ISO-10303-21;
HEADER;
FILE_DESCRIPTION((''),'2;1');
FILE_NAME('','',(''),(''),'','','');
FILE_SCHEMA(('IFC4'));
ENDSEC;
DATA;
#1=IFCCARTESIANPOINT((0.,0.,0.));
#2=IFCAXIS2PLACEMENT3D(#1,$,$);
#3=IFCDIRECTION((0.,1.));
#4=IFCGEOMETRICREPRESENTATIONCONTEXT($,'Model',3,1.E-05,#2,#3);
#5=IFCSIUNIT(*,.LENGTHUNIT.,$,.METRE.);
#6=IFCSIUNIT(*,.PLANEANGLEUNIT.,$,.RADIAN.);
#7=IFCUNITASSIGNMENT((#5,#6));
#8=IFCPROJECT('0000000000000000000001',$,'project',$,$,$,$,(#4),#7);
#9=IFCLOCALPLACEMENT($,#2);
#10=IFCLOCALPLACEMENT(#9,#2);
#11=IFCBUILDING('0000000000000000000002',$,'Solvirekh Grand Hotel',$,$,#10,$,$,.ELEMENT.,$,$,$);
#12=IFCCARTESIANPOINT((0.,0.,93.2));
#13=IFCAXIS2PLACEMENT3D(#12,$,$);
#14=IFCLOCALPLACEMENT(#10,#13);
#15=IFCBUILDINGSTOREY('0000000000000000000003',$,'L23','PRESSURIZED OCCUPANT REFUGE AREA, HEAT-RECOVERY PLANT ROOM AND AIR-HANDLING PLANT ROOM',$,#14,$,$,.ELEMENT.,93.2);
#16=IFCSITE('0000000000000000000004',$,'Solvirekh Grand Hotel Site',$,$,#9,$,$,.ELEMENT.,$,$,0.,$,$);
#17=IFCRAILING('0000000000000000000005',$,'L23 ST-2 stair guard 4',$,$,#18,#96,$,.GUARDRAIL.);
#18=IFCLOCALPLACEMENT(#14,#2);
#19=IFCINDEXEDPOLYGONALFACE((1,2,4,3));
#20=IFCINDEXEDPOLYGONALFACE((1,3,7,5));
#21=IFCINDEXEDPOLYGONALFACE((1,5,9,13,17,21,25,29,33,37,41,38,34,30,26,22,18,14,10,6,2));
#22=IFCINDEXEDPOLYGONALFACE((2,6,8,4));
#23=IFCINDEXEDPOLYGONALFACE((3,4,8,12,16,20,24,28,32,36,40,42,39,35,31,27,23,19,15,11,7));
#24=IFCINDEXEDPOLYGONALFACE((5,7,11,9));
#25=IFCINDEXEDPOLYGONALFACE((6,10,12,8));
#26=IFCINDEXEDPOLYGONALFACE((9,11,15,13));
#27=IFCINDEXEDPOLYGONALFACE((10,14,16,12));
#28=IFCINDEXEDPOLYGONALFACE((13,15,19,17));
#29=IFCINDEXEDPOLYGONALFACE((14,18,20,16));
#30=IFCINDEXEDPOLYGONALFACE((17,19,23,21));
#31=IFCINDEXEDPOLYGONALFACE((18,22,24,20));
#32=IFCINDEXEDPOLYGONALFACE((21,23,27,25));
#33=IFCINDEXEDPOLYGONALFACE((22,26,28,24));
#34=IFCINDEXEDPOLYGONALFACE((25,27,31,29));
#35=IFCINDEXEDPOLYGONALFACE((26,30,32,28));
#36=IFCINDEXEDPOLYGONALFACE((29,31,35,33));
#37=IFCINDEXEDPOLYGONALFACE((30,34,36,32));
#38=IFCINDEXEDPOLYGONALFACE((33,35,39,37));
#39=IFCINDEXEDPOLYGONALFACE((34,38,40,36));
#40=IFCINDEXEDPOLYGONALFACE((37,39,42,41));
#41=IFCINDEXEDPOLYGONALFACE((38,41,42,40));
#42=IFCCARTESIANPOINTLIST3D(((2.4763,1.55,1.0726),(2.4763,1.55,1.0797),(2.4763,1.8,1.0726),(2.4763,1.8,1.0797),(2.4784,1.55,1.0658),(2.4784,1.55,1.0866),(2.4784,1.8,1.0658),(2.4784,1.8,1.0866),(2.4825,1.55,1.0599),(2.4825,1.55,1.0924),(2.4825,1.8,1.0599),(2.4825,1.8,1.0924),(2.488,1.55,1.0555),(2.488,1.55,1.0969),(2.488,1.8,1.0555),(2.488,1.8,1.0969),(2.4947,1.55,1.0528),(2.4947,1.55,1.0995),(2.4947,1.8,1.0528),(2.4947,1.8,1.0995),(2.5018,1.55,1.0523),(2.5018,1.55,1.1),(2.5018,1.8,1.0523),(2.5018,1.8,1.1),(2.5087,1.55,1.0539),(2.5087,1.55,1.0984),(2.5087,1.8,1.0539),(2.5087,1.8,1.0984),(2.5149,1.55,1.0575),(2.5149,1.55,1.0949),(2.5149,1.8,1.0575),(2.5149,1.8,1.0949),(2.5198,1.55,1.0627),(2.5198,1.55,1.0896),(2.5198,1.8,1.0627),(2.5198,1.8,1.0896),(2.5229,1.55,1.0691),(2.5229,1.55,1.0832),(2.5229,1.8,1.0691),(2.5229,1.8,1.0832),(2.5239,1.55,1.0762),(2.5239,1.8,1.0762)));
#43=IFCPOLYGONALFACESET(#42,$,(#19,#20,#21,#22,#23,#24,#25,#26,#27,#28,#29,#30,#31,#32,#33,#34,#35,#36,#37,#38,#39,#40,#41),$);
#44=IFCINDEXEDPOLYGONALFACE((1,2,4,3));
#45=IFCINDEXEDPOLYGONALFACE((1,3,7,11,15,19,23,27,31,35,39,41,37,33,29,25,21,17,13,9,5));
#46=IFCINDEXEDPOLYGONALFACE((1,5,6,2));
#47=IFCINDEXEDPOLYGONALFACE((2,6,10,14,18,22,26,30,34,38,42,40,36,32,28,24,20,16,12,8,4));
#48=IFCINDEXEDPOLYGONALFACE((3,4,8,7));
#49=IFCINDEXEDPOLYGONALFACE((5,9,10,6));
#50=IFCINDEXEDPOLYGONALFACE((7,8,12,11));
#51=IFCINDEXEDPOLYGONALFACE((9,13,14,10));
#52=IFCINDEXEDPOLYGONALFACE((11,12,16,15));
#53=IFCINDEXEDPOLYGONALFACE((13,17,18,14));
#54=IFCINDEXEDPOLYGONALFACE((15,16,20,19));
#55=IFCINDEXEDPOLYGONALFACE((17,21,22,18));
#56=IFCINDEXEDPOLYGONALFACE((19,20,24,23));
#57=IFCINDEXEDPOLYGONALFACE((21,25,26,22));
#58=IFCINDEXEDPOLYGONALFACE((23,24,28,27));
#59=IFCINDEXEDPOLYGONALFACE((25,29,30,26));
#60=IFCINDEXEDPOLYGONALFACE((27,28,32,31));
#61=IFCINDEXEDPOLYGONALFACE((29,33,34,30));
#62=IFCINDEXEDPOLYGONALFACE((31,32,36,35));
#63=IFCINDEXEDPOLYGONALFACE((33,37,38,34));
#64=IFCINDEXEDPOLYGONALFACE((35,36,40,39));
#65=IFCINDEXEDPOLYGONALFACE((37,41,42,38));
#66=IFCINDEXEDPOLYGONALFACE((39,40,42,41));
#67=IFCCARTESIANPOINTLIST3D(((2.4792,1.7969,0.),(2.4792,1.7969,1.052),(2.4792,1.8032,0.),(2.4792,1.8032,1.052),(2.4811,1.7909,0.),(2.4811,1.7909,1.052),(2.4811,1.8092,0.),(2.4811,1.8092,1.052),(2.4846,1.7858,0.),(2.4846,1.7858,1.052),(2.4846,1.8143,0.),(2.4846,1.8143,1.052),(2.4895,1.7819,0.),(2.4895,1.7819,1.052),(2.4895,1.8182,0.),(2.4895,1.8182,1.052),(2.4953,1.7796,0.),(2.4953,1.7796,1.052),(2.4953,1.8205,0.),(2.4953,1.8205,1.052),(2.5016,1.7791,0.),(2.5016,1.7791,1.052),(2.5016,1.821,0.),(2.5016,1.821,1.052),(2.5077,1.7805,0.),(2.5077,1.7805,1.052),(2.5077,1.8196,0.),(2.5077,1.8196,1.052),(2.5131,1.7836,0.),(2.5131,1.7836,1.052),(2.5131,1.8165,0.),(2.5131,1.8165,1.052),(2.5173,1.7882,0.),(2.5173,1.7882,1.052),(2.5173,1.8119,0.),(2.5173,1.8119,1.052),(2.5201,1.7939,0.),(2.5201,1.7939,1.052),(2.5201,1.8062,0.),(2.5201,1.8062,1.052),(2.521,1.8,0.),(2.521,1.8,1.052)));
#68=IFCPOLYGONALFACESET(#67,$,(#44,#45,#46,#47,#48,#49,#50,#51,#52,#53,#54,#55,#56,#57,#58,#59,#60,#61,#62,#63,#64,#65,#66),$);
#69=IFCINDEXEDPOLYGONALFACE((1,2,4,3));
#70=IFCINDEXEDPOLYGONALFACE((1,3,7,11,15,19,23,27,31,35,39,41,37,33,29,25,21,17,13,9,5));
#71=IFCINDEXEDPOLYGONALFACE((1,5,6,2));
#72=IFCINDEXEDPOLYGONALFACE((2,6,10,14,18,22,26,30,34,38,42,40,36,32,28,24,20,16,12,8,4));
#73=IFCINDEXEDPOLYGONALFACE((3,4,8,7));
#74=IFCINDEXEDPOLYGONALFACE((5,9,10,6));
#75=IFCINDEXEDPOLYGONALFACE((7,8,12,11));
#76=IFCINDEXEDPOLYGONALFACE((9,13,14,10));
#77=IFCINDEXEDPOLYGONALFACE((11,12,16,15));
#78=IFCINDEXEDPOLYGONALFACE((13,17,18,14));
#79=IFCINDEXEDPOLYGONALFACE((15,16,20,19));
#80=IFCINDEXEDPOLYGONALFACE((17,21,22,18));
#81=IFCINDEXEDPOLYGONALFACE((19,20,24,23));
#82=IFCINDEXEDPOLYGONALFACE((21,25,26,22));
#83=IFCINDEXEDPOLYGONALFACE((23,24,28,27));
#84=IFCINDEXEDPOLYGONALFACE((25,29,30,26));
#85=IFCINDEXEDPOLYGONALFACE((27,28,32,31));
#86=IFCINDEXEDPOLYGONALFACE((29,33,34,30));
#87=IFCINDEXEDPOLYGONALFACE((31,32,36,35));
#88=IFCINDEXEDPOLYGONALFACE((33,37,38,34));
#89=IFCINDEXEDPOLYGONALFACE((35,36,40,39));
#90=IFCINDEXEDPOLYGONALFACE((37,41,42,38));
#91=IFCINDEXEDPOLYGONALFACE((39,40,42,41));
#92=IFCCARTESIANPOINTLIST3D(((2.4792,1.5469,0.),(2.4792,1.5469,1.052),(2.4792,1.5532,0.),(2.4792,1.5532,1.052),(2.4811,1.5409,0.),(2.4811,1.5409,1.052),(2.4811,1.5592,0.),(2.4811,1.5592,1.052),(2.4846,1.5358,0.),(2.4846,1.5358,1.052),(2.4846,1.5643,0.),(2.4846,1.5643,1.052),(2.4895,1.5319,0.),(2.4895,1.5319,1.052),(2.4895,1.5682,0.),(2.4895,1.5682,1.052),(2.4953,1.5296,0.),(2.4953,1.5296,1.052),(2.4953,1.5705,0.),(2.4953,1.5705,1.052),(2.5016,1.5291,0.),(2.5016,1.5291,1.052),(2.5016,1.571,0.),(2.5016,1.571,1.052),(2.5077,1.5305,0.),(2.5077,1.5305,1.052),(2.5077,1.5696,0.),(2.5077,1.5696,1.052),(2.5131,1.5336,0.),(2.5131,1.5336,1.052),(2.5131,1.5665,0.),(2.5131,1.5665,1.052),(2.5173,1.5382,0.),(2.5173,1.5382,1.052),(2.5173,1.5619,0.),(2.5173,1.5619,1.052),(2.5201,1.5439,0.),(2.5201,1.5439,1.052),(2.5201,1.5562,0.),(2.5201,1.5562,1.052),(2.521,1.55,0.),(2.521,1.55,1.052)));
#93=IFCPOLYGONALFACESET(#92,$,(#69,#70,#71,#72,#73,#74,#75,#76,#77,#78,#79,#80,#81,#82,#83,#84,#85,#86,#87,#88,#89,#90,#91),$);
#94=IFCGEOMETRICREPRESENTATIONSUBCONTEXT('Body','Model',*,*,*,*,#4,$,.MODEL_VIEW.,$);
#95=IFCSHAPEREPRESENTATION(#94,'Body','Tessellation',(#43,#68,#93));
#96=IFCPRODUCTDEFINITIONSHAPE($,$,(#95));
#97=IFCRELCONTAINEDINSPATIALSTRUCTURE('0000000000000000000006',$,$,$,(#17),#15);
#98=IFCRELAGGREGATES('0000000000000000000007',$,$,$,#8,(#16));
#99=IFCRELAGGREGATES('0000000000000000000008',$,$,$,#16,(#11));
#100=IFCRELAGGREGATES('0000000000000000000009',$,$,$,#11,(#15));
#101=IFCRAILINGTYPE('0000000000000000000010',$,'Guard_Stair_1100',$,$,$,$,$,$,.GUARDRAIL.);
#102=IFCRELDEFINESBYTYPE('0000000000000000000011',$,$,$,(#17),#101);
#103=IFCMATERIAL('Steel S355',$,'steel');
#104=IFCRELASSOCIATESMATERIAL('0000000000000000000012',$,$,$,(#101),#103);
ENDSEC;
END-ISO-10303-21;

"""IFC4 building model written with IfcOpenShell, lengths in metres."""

from ifc_helpers import new_model, si_unit, direction, frame, origin, origin_2d, place, context, subcontext, project, spatial, circle, extrude, material, type_object, element, save


model = new_model("IFC4")

# Units and contexts
model_context = context("Model", 3, precision=1e-05, world=origin(), true_north=direction((0.0, 1.0)))
body_context = subcontext(model_context, "Body", "Model", "MODEL_VIEW")
ifc_project = project(units=[si_unit("LENGTHUNIT", "METRE"), si_unit("PLANEANGLEUNIT", "RADIAN")], contexts=[model_context])

# Site, building, storey
site_placement = place(None, origin())
site = spatial("IfcSite", under=ifc_project, at=site_placement, Name="Solvirekh Grand Hotel Site", CompositionType="ELEMENT", RefElevation=0.0)
building_placement = place(site_placement, origin())
building = spatial("IfcBuilding", under=site, at=building_placement, Name="Solvirekh Grand Hotel", CompositionType="ELEMENT")
storey_placement = place(building_placement, frame((0.0, 0.0, 93.2)))
storey = spatial("IfcBuildingStorey", under=building, at=storey_placement, Name="L23", Description="PRESSURIZED OCCUPANT REFUGE AREA, HEAT-RECOVERY PLANT ROOM AND AIR-HANDLING PLANT ROOM", CompositionType="ELEMENT", Elevation=93.2)

# Railing
ifc_material_1 = material(Name="Steel S355", Category="steel")
railing_type_1 = type_object("IfcRailingType", Name="Guard_Stair_1100", PredefinedType="GUARDRAIL", material=ifc_material_1)
railing_1_placement = place(storey_placement, frame((2.5, 1.8, 0.0)))
element("IfcRailing", 1, at=railing_1_placement, inside=storey, type_object=railing_type_1, Name="L23 ST-2 stair guard 4", PredefinedType="GUARDRAIL", context=body_context, shape_type="SweptSolid", body=[
    extrude(circle(Radius=0.0239, at=origin_2d()), frame((0.0, 0.0, 1.0762), z_axis=(0.0, -1.0, 0.0), x_axis=(1.0, 0.0, 0.0)), (0.0, 0.0, 1.0), 0.25),
    extrude(circle(Radius=0.021, at=origin_2d()), origin(), (0.0, 0.0, 1.0), 1.052),
    extrude(circle(Radius=0.021, at=origin_2d()), frame((0.0, -0.25, 0.0)), (0.0, 0.0, 1.0), 1.052),
])

save(model, "model.ifc")
